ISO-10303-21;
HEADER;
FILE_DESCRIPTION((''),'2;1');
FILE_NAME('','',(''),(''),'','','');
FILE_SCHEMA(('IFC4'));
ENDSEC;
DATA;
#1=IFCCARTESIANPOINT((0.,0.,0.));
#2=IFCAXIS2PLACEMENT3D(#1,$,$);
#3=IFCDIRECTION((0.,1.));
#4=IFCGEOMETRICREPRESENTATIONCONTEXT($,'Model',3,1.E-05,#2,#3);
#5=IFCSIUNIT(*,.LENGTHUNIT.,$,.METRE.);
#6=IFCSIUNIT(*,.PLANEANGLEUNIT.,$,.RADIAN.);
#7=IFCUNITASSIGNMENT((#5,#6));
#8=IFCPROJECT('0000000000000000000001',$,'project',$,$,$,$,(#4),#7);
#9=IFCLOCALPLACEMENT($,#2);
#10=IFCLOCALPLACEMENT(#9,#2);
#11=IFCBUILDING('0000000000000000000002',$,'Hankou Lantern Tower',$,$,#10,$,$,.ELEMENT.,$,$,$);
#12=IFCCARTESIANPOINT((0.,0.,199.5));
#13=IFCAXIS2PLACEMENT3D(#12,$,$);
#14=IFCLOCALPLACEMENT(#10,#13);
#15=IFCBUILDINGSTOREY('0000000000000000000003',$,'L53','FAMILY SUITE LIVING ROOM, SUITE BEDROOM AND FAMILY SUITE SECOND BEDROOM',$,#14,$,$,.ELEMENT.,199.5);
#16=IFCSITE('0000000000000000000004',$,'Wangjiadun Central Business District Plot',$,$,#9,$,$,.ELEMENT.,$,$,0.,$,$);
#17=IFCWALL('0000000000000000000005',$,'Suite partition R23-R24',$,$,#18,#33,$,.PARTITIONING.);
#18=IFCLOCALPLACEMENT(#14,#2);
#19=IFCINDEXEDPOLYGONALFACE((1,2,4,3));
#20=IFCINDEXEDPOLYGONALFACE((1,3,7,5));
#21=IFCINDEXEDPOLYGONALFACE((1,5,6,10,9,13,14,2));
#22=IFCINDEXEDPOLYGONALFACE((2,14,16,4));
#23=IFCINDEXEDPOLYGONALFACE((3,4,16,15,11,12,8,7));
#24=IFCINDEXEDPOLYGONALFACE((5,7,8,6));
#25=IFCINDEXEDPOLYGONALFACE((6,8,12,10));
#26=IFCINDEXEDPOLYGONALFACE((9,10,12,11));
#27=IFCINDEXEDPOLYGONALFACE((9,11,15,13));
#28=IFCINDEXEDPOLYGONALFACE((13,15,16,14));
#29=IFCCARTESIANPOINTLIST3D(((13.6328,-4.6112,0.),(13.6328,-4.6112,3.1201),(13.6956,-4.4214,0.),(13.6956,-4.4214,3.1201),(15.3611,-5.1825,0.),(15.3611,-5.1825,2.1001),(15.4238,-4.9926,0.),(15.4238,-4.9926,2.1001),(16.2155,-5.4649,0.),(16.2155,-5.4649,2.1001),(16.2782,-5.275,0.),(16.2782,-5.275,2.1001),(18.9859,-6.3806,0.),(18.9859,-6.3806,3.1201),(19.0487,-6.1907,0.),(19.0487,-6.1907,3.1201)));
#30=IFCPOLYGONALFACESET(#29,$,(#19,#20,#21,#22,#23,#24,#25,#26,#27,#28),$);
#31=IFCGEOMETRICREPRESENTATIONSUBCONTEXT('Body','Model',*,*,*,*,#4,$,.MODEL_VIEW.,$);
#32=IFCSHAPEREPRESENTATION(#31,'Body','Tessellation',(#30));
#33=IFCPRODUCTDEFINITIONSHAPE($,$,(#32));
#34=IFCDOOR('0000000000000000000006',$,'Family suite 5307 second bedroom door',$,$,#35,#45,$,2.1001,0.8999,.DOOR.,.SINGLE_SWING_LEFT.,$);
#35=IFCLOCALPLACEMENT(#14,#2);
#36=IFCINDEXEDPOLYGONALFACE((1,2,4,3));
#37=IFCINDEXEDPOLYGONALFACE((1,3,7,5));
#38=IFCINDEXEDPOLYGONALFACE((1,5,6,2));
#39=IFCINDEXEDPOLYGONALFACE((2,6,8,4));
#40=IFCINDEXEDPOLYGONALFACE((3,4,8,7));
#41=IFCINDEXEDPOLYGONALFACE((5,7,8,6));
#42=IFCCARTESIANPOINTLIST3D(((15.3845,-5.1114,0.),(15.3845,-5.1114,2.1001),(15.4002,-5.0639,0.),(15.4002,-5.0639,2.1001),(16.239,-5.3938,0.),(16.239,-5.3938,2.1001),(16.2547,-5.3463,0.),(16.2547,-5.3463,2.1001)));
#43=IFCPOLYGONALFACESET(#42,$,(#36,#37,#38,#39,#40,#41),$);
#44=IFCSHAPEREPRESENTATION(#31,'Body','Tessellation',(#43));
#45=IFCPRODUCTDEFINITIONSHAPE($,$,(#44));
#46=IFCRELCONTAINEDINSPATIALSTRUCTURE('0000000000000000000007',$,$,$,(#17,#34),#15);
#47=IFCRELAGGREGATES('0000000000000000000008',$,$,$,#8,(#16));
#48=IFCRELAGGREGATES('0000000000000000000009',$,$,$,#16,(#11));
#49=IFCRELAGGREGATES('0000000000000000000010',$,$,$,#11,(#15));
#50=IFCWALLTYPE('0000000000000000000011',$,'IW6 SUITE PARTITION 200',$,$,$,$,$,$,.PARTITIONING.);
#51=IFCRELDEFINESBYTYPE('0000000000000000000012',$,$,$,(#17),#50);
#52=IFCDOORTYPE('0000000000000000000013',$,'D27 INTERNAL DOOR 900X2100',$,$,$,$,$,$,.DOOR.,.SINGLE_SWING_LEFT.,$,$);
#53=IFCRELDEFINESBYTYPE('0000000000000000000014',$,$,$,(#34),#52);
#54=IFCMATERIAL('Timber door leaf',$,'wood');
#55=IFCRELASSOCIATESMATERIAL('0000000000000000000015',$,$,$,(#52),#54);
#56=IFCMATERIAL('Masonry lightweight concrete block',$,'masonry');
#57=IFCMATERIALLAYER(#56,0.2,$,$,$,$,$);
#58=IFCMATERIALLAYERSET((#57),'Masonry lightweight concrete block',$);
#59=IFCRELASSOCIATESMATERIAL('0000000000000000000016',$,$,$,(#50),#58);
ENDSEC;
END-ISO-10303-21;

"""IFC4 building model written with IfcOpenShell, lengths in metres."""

from ifc_helpers import new_model, si_unit, direction, frame, frame_2d, origin, place, context, subcontext, project, spatial, rectangle, extrude, material, layer, layer_set, type_object, element, fill, save


model = new_model("IFC4")

# Units and contexts
model_context = context("Model", 3, precision=1e-05, world=origin(), true_north=direction((0.0, 1.0)))
body_context = subcontext(model_context, "Body", "Model", "MODEL_VIEW")
ifc_project = project(units=[si_unit("LENGTHUNIT", "METRE"), si_unit("PLANEANGLEUNIT", "RADIAN")], contexts=[model_context])

# Site, building, storey
site_placement = place(None, origin())
site = spatial("IfcSite", under=ifc_project, at=site_placement, Name="Wangjiadun Central Business District Plot", CompositionType="ELEMENT", RefElevation=0.0)
building_placement = place(site_placement, origin())
building = spatial("IfcBuilding", under=site, at=building_placement, Name="Hankou Lantern Tower", CompositionType="ELEMENT")
storey_placement = place(building_placement, frame((0.0, 0.0, 199.5)))
storey = spatial("IfcBuildingStorey", under=building, at=storey_placement, Name="L53", Description="FAMILY SUITE LIVING ROOM, SUITE BEDROOM AND FAMILY SUITE SECOND BEDROOM", CompositionType="ELEMENT", Elevation=199.5)

# Shared definitions
ifc_material_1 = material(Name="Timber door leaf", Category="wood")
door_type = type_object("IfcDoorType", Name="D27 INTERNAL DOOR 900X2100", OperationType="SINGLE_SWING_LEFT", PredefinedType="DOOR", material=ifc_material_1)

# Wall, opening, door
ifc_material_2 = material(Name="Masonry lightweight concrete block", Category="masonry")
ifc_layer_1 = layer(ifc_material_2, 0.2)
ifc_layer_set_1 = layer_set([ifc_layer_1], Name="Masonry lightweight concrete block")
wall_type_1 = type_object("IfcWallType", Name="IW6 SUITE PARTITION 200", PredefinedType="PARTITIONING", material=ifc_layer_set_1)
wall_1_placement = place(storey_placement, frame((13.6643, -4.5164, 0.0), z_axis=(0.0, 0.0, 1.0), x_axis=(0.949481, -0.313823, 0.0)))
wall_1 = element("IfcWall", 1, at=wall_1_placement, inside=storey, type_object=wall_type_1, Name="Suite partition R23-R24", PredefinedType="PARTITIONING", context=body_context, shape_type="SweptSolid", body=[
    extrude(rectangle(XDim=5.6379, YDim=0.2, at=frame_2d((2.8188, 0.0))), origin(), (0.0, 0.0, 1.0), 3.1201),
])
opening_1_placement = place(wall_1_placement, frame((1.8201, 0.0, 0.0)))
opening_1 = element("IfcOpeningElement", 2, at=opening_1_placement, cuts=wall_1, PredefinedType="OPENING", context=body_context, shape_type="SweptSolid", body=[
    extrude(rectangle(XDim=0.8999, YDim=2.1001, at=frame_2d((0.45, 1.05))), frame((0.0, 0.1099, 0.0), z_axis=(0.0, -1.0, 0.0), x_axis=(1.0, 0.0, 0.0)), (0.0, 0.0, 1.0), 0.22),
])
door_1_placement = place(opening_1_placement, origin())
door_1 = element("IfcDoor", 3, at=door_1_placement, inside=storey, type_object=door_type, Name="Family suite 5307 second bedroom door", OperationType="SINGLE_SWING_LEFT", OverallHeight=2.1001, OverallWidth=0.8999, PredefinedType="DOOR", context=body_context, shape_type="SweptSolid", body=[
    extrude(rectangle(XDim=0.8999, YDim=2.1001, at=frame_2d((0.45, 1.05))), frame((0.0, 0.0249, 0.0), z_axis=(0.0, -1.0, 0.0), x_axis=(1.0, 0.0, 0.0)), (0.0, 0.0, 1.0), 0.05),
])
fill(opening_1, door_1)

save(model, "model.ifc")
